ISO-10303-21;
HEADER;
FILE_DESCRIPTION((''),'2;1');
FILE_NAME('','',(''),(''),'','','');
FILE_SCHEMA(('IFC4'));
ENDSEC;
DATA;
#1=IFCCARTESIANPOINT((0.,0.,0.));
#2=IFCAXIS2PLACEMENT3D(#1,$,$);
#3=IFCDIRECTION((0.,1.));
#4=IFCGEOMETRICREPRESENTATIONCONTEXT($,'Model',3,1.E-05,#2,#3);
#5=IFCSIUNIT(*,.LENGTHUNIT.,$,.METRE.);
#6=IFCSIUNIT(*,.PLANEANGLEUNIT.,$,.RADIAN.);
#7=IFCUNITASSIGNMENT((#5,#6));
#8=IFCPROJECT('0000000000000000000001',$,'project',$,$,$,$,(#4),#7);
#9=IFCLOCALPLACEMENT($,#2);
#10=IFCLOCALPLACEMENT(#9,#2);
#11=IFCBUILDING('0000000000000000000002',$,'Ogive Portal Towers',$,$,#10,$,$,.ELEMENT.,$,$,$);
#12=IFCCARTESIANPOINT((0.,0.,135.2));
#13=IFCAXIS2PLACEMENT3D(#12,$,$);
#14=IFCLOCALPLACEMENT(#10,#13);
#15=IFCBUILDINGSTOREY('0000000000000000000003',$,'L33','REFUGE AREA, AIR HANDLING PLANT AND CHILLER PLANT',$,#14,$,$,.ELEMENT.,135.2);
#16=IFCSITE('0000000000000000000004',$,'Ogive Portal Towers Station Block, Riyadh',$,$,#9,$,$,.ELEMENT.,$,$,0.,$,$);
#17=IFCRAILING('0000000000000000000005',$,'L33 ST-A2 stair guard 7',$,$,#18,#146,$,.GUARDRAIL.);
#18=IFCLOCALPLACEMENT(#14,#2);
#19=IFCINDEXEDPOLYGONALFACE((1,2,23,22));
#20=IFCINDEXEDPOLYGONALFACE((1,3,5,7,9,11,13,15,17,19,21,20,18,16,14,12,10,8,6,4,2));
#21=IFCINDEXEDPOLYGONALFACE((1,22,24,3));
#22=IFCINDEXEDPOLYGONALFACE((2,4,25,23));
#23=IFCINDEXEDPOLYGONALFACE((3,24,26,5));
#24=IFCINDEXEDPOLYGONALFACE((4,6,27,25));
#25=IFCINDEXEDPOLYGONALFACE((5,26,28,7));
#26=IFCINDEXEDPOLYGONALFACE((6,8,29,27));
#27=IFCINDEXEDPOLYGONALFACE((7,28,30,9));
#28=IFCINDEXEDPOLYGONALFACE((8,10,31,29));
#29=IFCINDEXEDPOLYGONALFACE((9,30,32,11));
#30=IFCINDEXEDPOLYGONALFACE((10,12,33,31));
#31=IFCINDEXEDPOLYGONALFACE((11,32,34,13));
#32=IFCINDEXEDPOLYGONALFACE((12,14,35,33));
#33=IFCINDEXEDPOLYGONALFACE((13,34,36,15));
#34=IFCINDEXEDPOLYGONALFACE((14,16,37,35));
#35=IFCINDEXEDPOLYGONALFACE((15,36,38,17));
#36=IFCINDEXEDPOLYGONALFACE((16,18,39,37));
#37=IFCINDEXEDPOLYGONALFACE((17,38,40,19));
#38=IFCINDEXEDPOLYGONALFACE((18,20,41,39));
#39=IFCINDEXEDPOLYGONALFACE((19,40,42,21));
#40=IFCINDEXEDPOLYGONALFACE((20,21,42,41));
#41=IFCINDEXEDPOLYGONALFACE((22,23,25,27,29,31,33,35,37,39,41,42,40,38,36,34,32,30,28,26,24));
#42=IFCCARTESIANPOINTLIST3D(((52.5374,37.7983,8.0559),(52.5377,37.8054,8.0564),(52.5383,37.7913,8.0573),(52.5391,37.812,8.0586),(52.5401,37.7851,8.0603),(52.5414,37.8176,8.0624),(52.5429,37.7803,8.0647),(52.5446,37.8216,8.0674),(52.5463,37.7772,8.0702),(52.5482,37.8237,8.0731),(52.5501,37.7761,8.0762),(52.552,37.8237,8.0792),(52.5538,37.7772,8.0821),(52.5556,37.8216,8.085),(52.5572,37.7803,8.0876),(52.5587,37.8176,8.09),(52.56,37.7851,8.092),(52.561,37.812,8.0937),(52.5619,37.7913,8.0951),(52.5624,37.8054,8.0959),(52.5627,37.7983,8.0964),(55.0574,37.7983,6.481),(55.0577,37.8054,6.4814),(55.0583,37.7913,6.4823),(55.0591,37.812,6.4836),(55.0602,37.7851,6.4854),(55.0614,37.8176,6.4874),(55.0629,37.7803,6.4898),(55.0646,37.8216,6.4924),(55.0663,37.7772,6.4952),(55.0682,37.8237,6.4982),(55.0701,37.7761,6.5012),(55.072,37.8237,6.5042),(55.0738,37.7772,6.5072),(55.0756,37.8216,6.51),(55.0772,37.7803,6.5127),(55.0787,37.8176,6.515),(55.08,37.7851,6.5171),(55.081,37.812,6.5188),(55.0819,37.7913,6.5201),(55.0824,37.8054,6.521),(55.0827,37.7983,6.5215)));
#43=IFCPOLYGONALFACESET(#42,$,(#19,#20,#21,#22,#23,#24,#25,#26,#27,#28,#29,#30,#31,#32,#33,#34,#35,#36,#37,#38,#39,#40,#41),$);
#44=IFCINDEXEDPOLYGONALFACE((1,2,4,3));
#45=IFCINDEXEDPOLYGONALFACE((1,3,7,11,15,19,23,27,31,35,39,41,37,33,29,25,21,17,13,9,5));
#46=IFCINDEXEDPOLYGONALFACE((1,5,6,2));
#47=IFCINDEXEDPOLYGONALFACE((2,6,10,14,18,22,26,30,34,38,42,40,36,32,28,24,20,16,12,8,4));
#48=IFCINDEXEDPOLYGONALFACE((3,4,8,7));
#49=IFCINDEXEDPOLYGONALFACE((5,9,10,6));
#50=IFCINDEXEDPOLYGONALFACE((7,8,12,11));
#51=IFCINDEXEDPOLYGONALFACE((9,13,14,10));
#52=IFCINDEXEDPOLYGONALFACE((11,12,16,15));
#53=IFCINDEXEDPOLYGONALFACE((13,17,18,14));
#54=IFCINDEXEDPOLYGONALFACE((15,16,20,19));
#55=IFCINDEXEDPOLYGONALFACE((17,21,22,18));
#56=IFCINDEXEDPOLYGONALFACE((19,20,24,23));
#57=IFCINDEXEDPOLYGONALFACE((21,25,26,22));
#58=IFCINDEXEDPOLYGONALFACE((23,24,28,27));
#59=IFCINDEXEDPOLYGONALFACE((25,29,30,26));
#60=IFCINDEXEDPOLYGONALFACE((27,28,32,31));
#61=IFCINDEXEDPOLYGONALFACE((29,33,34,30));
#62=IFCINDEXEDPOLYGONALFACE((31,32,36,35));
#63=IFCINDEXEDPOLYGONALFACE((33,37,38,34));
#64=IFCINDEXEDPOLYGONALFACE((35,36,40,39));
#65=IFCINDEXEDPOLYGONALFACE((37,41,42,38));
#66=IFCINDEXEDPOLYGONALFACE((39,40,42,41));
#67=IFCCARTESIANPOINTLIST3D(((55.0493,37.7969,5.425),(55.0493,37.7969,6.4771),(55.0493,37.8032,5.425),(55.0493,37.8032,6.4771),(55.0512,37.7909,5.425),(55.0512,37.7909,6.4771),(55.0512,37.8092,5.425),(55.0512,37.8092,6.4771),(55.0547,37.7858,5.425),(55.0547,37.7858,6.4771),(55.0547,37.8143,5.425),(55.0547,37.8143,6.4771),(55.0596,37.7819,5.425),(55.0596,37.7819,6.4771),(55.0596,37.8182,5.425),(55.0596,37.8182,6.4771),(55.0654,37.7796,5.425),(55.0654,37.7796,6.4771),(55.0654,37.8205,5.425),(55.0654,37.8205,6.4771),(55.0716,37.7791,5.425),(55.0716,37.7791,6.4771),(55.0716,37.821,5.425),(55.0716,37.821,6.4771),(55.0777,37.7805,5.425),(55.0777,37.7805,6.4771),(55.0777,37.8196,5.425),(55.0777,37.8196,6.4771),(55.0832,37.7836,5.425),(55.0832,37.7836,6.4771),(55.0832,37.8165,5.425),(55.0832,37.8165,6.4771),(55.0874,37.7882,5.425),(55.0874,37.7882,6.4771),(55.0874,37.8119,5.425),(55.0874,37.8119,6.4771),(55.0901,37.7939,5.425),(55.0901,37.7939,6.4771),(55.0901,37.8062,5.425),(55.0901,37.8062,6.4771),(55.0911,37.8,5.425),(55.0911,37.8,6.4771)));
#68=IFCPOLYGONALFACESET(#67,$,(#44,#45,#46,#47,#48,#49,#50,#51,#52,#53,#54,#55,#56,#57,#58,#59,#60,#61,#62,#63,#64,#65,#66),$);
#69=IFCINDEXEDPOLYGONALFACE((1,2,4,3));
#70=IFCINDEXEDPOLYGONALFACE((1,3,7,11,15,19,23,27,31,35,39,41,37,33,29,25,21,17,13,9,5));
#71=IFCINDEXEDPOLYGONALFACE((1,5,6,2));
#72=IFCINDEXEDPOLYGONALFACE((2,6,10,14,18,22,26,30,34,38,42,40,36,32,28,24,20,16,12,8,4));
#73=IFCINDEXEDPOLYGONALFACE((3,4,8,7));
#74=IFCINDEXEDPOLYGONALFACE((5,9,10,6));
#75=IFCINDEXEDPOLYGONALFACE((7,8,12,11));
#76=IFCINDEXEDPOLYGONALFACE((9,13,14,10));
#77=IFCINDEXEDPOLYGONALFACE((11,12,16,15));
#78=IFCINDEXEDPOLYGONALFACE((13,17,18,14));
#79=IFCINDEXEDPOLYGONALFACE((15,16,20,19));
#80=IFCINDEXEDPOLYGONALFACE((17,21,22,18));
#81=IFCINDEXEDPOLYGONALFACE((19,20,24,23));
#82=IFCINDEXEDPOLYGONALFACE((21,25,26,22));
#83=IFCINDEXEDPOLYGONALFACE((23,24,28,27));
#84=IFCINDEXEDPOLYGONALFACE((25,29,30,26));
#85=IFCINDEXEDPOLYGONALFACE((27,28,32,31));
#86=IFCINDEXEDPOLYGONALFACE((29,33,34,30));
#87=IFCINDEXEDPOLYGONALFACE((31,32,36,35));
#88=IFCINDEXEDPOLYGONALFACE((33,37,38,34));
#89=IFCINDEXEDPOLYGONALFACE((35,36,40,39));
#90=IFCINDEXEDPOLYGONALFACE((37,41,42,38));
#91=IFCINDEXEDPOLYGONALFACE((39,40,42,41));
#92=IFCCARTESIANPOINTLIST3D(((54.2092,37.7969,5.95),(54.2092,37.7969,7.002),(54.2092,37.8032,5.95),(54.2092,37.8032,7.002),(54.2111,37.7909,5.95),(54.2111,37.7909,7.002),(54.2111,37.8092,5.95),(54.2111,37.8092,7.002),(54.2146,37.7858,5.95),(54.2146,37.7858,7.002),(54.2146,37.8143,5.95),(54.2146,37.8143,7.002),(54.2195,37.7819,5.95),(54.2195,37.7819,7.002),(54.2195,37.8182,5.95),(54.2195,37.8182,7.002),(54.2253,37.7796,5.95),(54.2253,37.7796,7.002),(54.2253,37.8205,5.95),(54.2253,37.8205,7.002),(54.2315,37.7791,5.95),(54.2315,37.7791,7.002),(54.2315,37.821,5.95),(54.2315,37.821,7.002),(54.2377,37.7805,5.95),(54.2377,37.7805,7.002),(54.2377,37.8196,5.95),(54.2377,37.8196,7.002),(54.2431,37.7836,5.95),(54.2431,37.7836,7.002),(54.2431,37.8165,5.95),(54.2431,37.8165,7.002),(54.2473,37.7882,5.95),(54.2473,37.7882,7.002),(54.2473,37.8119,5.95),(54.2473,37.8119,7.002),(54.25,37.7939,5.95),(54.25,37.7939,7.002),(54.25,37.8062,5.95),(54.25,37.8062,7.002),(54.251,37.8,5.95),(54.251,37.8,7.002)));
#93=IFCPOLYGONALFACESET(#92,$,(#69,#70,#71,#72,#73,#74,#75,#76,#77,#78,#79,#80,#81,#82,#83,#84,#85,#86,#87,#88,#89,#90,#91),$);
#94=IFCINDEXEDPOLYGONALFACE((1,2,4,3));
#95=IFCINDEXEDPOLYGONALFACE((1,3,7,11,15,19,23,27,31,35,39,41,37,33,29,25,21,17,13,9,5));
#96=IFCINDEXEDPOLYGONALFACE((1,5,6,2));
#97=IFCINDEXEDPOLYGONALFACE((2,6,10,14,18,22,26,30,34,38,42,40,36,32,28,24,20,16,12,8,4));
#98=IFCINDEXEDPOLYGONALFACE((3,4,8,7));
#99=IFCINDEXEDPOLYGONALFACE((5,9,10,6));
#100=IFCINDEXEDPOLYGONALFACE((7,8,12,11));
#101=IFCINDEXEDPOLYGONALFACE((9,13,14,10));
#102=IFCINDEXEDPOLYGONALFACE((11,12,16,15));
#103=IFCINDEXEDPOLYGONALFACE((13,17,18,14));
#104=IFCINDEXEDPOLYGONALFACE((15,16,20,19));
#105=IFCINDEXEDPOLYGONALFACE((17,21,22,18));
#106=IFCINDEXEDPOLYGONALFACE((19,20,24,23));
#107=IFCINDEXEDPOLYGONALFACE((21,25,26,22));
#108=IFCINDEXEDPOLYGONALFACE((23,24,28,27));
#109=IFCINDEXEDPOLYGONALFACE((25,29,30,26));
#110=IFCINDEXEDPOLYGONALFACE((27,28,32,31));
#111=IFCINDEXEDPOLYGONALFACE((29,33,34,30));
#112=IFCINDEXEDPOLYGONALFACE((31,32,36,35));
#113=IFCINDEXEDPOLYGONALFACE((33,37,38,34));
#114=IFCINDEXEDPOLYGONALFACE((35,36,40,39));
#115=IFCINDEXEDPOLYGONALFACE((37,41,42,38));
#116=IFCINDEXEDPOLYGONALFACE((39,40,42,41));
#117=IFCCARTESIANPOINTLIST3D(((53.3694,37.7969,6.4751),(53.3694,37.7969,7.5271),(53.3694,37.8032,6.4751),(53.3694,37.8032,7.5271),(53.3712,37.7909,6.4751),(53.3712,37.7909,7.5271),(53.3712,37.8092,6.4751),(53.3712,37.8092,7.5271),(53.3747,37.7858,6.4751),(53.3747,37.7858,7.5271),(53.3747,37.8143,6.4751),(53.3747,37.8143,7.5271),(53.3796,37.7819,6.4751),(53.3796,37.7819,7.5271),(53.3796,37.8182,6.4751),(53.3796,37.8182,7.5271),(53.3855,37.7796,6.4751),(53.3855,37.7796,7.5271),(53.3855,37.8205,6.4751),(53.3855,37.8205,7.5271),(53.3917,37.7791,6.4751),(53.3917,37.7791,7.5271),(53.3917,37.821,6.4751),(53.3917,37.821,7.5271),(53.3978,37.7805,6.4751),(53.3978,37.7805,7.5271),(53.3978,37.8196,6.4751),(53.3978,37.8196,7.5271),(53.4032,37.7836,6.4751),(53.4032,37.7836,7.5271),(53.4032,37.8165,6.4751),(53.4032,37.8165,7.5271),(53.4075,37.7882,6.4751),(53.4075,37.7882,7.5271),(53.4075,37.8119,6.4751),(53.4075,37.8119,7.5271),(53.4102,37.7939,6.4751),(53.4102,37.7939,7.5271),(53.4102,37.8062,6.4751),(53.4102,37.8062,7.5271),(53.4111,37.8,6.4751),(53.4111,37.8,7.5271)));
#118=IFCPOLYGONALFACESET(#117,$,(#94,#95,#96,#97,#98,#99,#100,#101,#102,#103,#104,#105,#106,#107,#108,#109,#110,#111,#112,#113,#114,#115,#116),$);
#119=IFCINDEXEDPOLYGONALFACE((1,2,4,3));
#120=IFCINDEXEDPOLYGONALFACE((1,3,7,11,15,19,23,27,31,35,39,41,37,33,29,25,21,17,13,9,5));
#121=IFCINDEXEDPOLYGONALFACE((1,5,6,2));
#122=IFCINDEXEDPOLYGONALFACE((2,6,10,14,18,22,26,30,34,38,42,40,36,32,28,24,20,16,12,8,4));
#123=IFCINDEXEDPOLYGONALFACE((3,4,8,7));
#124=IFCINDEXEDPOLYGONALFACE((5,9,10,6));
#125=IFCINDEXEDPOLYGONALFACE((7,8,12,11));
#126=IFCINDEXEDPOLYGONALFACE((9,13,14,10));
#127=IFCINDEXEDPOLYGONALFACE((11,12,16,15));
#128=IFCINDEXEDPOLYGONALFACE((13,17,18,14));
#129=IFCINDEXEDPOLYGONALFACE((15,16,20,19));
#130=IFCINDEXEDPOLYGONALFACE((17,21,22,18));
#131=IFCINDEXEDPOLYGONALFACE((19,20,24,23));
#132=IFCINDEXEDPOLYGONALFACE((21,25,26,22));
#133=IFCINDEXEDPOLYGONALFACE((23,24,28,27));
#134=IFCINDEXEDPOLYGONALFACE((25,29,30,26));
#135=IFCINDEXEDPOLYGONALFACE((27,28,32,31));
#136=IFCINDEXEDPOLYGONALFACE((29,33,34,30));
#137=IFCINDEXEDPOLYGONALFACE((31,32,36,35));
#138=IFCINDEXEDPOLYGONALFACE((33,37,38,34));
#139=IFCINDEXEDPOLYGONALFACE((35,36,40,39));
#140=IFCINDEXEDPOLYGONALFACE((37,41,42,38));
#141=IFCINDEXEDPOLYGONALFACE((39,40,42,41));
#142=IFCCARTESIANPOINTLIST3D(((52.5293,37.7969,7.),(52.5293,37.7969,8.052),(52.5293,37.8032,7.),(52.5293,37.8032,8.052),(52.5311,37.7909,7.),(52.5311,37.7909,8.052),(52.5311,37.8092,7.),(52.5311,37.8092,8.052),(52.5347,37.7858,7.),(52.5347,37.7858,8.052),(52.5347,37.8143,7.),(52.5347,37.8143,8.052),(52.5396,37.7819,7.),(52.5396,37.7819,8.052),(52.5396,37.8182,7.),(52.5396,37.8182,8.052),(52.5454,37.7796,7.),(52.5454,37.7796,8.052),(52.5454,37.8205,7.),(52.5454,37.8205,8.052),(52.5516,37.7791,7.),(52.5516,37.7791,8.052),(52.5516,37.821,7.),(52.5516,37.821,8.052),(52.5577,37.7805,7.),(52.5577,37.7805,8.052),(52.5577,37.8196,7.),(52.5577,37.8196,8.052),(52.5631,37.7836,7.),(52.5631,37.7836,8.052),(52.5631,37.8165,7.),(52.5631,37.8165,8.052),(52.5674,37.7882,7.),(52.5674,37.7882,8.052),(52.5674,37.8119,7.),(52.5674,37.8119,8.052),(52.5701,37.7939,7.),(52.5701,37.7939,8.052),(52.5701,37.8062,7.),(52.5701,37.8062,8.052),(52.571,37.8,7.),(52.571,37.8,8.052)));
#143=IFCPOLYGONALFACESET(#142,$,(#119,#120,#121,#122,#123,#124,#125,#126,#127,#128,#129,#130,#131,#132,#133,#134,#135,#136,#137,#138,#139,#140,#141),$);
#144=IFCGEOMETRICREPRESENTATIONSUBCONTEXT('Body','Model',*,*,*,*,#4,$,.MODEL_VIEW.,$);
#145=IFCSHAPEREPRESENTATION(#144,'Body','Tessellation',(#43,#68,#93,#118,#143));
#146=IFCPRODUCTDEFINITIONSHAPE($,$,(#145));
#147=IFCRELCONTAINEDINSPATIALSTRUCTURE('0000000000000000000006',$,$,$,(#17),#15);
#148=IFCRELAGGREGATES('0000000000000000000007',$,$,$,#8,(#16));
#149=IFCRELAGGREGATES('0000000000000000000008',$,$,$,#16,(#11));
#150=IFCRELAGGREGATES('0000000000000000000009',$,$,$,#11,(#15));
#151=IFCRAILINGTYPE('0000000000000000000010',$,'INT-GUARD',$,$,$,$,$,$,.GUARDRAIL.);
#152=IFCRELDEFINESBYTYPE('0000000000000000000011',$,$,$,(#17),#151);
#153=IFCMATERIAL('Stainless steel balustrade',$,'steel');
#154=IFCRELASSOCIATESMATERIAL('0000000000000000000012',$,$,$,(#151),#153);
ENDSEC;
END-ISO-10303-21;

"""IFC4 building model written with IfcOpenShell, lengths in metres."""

from ifc_helpers import new_model, si_unit, direction, frame, origin, origin_2d, place, context, subcontext, project, spatial, circle, extrude, material, type_object, element, save


model = new_model("IFC4")

# Units and contexts
model_context = context("Model", 3, precision=1e-05, world=origin(), true_north=direction((0.0, 1.0)))
body_context = subcontext(model_context, "Body", "Model", "MODEL_VIEW")
ifc_project = project(units=[si_unit("LENGTHUNIT", "METRE"), si_unit("PLANEANGLEUNIT", "RADIAN")], contexts=[model_context])

# Site, building, storey
site_placement = place(None, origin())
site = spatial("IfcSite", under=ifc_project, at=site_placement, Name="Ogive Portal Towers Station Block, Riyadh", CompositionType="ELEMENT", RefElevation=0.0)
building_placement = place(site_placement, origin())
building = spatial("IfcBuilding", under=site, at=building_placement, Name="Ogive Portal Towers", CompositionType="ELEMENT")
storey_placement = place(building_placement, frame((0.0, 0.0, 135.2)))
storey = spatial("IfcBuildingStorey", under=building, at=storey_placement, Name="L33", Description="REFUGE AREA, AIR HANDLING PLANT AND CHILLER PLANT", CompositionType="ELEMENT", Elevation=135.2)

# Railing
ifc_material_1 = material(Name="Stainless steel balustrade", Category="steel")
railing_type_1 = type_object("IfcRailingType", Name="INT-GUARD", PredefinedType="GUARDRAIL", material=ifc_material_1)
for number, where, name in (
    (1, (55.0701, 37.8, 5.425), "L33 ST-A2 stair guard 7"),
):
    element("IfcRailing", number, at=place(storey_placement, frame(where)), inside=storey, type_object=railing_type_1, Name=name, PredefinedType="GUARDRAIL", context=body_context, shape_type="SweptSolid", body=[
        extrude(circle(Radius=0.0239, at=origin_2d()), frame((0.0, 0.0, 1.0762), z_axis=(-0.848008, 0.0, 0.529984), x_axis=(0.0, -1.0, 0.0)), (0.0, 0.0, 1.0), 2.9717),
        extrude(circle(Radius=0.021, at=origin_2d()), origin(), (0.0, 0.0, 1.0), 1.052),
        extrude(circle(Radius=0.021, at=origin_2d()), frame((-0.8401, 0.0, 0.5249)), (0.0, 0.0, 1.0), 1.052),
        extrude(circle(Radius=0.021, at=origin_2d()), frame((-1.6799, 0.0, 1.05)), (0.0, 0.0, 1.0), 1.052),
        extrude(circle(Radius=0.021, at=origin_2d()), frame((-2.52, 0.0, 1.575)), (0.0, 0.0, 1.0), 1.052),
    ])

save(model, "model.ifc")
